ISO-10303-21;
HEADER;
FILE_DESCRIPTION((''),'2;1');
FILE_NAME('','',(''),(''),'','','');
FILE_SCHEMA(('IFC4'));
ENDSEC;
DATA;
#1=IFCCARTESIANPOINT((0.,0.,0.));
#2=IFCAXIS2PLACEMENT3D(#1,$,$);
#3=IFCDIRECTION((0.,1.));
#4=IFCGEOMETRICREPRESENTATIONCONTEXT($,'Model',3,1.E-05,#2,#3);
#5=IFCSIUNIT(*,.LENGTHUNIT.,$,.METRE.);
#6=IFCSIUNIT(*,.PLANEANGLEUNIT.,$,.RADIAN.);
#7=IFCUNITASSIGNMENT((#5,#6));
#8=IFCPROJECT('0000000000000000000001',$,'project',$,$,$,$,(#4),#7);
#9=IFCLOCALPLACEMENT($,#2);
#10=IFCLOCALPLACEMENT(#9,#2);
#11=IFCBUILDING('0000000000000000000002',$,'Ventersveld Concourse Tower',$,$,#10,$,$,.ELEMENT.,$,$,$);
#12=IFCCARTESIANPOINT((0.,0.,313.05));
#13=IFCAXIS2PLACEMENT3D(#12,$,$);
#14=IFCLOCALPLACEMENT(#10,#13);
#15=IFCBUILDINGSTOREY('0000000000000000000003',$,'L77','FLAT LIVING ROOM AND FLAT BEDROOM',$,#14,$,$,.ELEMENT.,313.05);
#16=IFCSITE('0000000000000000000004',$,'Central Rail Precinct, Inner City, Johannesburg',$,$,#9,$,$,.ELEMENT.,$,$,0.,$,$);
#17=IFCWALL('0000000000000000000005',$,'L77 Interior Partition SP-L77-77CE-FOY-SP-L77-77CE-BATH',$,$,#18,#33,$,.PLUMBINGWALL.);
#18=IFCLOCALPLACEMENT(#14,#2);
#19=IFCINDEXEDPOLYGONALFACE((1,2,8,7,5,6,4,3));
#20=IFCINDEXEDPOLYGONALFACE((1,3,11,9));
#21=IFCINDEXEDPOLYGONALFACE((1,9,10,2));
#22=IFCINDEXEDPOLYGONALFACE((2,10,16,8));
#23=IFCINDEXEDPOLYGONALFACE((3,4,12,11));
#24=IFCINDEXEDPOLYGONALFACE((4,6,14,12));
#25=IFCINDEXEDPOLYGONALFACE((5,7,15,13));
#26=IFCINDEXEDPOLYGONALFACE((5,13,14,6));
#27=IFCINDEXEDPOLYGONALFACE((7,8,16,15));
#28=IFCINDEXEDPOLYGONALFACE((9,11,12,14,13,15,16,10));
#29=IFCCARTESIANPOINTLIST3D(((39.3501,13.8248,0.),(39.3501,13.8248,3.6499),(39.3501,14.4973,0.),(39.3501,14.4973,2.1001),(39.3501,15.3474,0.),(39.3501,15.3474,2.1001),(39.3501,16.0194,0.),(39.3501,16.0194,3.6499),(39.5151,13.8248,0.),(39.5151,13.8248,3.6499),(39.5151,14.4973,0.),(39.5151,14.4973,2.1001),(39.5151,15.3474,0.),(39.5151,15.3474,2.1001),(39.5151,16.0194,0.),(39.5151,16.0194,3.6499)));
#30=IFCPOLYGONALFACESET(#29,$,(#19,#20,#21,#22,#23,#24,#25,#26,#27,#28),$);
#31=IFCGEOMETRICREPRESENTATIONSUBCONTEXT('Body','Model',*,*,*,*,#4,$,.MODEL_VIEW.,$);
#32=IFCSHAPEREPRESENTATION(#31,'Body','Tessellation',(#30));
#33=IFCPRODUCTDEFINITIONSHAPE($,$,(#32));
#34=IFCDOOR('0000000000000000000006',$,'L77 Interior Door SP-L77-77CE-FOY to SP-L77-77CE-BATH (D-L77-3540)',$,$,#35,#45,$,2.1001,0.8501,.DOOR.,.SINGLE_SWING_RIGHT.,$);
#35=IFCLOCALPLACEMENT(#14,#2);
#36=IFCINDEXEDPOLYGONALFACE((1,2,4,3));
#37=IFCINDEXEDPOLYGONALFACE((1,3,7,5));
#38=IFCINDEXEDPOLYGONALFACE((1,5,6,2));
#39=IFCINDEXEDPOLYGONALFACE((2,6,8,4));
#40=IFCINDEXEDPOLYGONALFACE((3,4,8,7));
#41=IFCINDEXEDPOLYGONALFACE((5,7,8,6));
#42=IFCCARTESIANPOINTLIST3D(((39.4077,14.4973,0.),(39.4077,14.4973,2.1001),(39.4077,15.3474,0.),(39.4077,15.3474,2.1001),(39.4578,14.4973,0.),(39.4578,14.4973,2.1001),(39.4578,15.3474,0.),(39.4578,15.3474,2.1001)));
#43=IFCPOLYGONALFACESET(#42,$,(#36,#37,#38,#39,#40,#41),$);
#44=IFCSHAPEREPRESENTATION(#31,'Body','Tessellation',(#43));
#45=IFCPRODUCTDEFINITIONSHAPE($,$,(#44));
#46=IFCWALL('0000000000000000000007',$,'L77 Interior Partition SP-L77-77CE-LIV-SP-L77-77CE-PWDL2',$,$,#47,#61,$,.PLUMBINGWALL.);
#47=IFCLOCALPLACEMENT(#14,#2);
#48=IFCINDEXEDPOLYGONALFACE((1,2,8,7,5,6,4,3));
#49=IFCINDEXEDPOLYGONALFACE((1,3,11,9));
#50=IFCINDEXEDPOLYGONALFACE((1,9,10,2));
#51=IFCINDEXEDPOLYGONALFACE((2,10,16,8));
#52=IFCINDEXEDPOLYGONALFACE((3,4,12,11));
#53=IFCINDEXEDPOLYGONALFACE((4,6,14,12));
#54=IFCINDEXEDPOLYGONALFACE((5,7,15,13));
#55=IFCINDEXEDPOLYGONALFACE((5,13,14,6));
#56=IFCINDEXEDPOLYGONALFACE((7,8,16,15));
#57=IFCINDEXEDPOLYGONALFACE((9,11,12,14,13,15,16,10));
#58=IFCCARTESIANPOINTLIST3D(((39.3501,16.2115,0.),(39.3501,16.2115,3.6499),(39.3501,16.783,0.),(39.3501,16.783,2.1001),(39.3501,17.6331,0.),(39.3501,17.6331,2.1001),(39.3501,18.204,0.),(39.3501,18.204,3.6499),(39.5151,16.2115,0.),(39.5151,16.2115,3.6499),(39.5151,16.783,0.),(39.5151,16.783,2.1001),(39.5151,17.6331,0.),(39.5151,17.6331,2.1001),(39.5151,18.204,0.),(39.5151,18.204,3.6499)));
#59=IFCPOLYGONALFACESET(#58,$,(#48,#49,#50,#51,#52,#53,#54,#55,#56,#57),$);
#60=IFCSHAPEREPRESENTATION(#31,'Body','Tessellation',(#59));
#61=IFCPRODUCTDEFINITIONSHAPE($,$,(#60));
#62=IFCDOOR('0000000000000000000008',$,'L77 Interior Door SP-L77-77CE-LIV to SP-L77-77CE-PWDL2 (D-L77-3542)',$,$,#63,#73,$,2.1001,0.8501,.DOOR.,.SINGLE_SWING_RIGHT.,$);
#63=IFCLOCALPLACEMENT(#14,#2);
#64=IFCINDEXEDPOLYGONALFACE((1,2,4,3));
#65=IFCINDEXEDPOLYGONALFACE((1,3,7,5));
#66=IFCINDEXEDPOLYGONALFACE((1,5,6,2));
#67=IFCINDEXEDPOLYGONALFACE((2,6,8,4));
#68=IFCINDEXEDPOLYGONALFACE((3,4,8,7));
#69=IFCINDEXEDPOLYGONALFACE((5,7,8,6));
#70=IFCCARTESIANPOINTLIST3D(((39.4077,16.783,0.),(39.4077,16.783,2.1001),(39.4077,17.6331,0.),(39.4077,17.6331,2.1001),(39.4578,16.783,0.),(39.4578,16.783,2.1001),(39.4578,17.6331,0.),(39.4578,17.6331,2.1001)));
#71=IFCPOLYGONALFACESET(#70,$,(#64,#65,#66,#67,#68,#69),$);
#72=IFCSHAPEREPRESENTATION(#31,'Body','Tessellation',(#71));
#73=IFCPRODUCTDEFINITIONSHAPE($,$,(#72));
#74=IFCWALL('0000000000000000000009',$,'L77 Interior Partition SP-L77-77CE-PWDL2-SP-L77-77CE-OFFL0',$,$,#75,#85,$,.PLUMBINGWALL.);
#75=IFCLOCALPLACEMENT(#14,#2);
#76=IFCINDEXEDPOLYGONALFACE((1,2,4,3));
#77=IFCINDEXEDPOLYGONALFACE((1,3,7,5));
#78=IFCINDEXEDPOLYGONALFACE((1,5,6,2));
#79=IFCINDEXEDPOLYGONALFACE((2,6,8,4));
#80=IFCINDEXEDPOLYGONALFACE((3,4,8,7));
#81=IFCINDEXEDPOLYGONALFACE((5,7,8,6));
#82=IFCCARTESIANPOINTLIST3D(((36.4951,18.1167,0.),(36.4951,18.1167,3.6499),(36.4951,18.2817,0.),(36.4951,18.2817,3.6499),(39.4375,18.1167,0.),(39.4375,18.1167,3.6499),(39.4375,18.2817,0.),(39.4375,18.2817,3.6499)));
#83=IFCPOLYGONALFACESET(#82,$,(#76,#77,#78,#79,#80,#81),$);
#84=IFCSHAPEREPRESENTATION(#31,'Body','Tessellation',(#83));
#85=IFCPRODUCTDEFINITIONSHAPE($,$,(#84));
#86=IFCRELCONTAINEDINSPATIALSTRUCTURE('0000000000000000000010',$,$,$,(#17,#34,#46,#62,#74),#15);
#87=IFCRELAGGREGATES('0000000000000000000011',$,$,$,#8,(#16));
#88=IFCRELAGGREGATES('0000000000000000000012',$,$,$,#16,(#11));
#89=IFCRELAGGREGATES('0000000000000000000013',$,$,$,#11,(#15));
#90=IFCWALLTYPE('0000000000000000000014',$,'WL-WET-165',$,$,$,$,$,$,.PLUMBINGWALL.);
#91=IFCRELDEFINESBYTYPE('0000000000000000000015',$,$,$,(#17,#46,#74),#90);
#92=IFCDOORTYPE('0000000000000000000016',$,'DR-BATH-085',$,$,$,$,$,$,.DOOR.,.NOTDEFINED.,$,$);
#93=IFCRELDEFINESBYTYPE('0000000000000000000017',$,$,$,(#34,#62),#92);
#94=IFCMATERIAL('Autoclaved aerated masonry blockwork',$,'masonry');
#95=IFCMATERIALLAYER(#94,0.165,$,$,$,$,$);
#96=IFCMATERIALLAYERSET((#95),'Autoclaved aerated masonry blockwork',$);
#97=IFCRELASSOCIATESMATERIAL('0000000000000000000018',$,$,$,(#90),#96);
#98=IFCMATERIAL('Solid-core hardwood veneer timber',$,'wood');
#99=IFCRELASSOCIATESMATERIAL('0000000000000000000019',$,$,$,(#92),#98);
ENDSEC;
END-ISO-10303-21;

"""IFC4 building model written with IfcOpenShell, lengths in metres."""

from ifc_helpers import new_model, si_unit, direction, frame, frame_2d, origin, place, context, subcontext, project, spatial, rectangle, extrude, material, layer, layer_set, type_object, element, fill, save


model = new_model("IFC4")

# Units and contexts
model_context = context("Model", 3, precision=1e-05, world=origin(), true_north=direction((0.0, 1.0)))
body_context = subcontext(model_context, "Body", "Model", "MODEL_VIEW")
ifc_project = project(units=[si_unit("LENGTHUNIT", "METRE"), si_unit("PLANEANGLEUNIT", "RADIAN")], contexts=[model_context])

# Site, building, storey
site_placement = place(None, origin())
site = spatial("IfcSite", under=ifc_project, at=site_placement, Name="Central Rail Precinct, Inner City, Johannesburg", CompositionType="ELEMENT", RefElevation=0.0)
building_placement = place(site_placement, origin())
building = spatial("IfcBuilding", under=site, at=building_placement, Name="Ventersveld Concourse Tower", CompositionType="ELEMENT")
storey_placement = place(building_placement, frame((0.0, 0.0, 313.05)))
storey = spatial("IfcBuildingStorey", under=building, at=storey_placement, Name="L77", Description="FLAT LIVING ROOM AND FLAT BEDROOM", CompositionType="ELEMENT", Elevation=313.05)

# Shared definitions
ifc_material_1 = material(Name="Solid-core hardwood veneer timber", Category="wood")

# Shared definitions
ifc_material_2 = material(Name="Autoclaved aerated masonry blockwork", Category="masonry")

# Walls, openings, doors
ifc_layer_1 = layer(ifc_material_2, 0.165)
ifc_layer_set_1 = layer_set([ifc_layer_1], Name="Autoclaved aerated masonry blockwork")
wall_type_1 = type_object("IfcWallType", Name="WL-WET-165", PredefinedType="PLUMBINGWALL", material=ifc_layer_set_1)
wall_1_placement = place(storey_placement, frame((39.4326, 13.825, 0.0), z_axis=(0.0, 0.0, 1.0), x_axis=(0.0, 1.0, 0.0)))
wall_1 = element("IfcWall", 1, at=wall_1_placement, inside=storey, type_object=wall_type_1, Name="L77 Interior Partition SP-L77-77CE-FOY-SP-L77-77CE-BATH", PredefinedType="PLUMBINGWALL", context=body_context, shape_type="SweptSolid", body=[
    extrude(rectangle(XDim=2.1946, YDim=0.165, at=frame_2d((1.0972, 0.0))), origin(), (0.0, 0.0, 1.0), 3.6499),
])
opening_1_placement = place(wall_1_placement, frame((0.6724, 0.0, 0.0)))
opening_1 = element("IfcOpeningElement", 2, at=opening_1_placement, cuts=wall_1, PredefinedType="OPENING", context=body_context, shape_type="SweptSolid", body=[
    extrude(rectangle(XDim=0.8501, YDim=2.1001, at=frame_2d((0.425, 1.05))), frame((0.0, 0.0925, 0.0), z_axis=(0.0, -1.0, 0.0), x_axis=(1.0, 0.0, 0.0)), (0.0, 0.0, 1.0), 0.1851),
])
door_type_1 = type_object("IfcDoorType", Name="DR-BATH-085", OperationType="NOTDEFINED", PredefinedType="DOOR", material=ifc_material_1)
door_1_placement = place(opening_1_placement, origin())
door_1 = element("IfcDoor", 3, at=door_1_placement, inside=storey, type_object=door_type_1, Name="L77 Interior Door SP-L77-77CE-FOY to SP-L77-77CE-BATH (D-L77-3540)", OperationType="SINGLE_SWING_RIGHT", OverallHeight=2.1001, OverallWidth=0.8501, PredefinedType="DOOR", context=body_context, shape_type="SweptSolid", body=[
    extrude(rectangle(XDim=0.8501, YDim=2.1001, at=frame_2d((0.425, 1.05))), frame((0.0, 0.0249, 0.0), z_axis=(0.0, -1.0, 0.0), x_axis=(1.0, 0.0, 0.0)), (0.0, 0.0, 1.0), 0.05),
])
fill(opening_1, door_1)
wall_2_placement = place(storey_placement, frame((39.4326, 16.2117, 0.0), z_axis=(0.0, 0.0, 1.0), x_axis=(0.0, 1.0, 0.0)))
wall_2 = element("IfcWall", 4, at=wall_2_placement, inside=storey, type_object=wall_type_1, Name="L77 Interior Partition SP-L77-77CE-LIV-SP-L77-77CE-PWDL2", PredefinedType="PLUMBINGWALL", context=body_context, shape_type="SweptSolid", body=[
    extrude(rectangle(XDim=1.9924, YDim=0.165, at=frame_2d((0.9961, 0.0))), origin(), (0.0, 0.0, 1.0), 3.6499),
])
opening_2_placement = place(wall_2_placement, frame((0.5713, 0.0, 0.0)))
opening_2 = element("IfcOpeningElement", 5, at=opening_2_placement, cuts=wall_2, PredefinedType="OPENING", context=body_context, shape_type="SweptSolid", body=[
    extrude(rectangle(XDim=0.8501, YDim=2.1001, at=frame_2d((0.425, 1.05))), frame((0.0, 0.0925, 0.0), z_axis=(0.0, -1.0, 0.0), x_axis=(1.0, 0.0, 0.0)), (0.0, 0.0, 1.0), 0.1851),
])
door_2_placement = place(opening_2_placement, origin())
door_2 = element("IfcDoor", 6, at=door_2_placement, inside=storey, type_object=door_type_1, Name="L77 Interior Door SP-L77-77CE-LIV to SP-L77-77CE-PWDL2 (D-L77-3542)", OperationType="SINGLE_SWING_RIGHT", OverallHeight=2.1001, OverallWidth=0.8501, PredefinedType="DOOR", context=body_context, shape_type="SweptSolid", body=[
    extrude(rectangle(XDim=0.8501, YDim=2.1001, at=frame_2d((0.425, 1.05))), frame((0.0, 0.0249, 0.0), z_axis=(0.0, -1.0, 0.0), x_axis=(1.0, 0.0, 0.0)), (0.0, 0.0, 1.0), 0.05),
])
fill(opening_2, door_2)

# Wall
wall_3_placement = place(storey_placement, frame((36.4951, 18.1992, 0.0), z_axis=(0.0, 0.0, 1.0), x_axis=(1.0, 0.0, 0.0)))
element("IfcWall", 7, at=wall_3_placement, inside=storey, type_object=wall_type_1, Name="L77 Interior Partition SP-L77-77CE-PWDL2-SP-L77-77CE-OFFL0", PredefinedType="PLUMBINGWALL", context=body_context, shape_type="SweptSolid", body=[
    extrude(rectangle(XDim=2.9424, YDim=0.165, at=frame_2d((1.4712, 0.0))), origin(), (0.0, 0.0, 1.0), 3.6499),
])

save(model, "model.ifc")
